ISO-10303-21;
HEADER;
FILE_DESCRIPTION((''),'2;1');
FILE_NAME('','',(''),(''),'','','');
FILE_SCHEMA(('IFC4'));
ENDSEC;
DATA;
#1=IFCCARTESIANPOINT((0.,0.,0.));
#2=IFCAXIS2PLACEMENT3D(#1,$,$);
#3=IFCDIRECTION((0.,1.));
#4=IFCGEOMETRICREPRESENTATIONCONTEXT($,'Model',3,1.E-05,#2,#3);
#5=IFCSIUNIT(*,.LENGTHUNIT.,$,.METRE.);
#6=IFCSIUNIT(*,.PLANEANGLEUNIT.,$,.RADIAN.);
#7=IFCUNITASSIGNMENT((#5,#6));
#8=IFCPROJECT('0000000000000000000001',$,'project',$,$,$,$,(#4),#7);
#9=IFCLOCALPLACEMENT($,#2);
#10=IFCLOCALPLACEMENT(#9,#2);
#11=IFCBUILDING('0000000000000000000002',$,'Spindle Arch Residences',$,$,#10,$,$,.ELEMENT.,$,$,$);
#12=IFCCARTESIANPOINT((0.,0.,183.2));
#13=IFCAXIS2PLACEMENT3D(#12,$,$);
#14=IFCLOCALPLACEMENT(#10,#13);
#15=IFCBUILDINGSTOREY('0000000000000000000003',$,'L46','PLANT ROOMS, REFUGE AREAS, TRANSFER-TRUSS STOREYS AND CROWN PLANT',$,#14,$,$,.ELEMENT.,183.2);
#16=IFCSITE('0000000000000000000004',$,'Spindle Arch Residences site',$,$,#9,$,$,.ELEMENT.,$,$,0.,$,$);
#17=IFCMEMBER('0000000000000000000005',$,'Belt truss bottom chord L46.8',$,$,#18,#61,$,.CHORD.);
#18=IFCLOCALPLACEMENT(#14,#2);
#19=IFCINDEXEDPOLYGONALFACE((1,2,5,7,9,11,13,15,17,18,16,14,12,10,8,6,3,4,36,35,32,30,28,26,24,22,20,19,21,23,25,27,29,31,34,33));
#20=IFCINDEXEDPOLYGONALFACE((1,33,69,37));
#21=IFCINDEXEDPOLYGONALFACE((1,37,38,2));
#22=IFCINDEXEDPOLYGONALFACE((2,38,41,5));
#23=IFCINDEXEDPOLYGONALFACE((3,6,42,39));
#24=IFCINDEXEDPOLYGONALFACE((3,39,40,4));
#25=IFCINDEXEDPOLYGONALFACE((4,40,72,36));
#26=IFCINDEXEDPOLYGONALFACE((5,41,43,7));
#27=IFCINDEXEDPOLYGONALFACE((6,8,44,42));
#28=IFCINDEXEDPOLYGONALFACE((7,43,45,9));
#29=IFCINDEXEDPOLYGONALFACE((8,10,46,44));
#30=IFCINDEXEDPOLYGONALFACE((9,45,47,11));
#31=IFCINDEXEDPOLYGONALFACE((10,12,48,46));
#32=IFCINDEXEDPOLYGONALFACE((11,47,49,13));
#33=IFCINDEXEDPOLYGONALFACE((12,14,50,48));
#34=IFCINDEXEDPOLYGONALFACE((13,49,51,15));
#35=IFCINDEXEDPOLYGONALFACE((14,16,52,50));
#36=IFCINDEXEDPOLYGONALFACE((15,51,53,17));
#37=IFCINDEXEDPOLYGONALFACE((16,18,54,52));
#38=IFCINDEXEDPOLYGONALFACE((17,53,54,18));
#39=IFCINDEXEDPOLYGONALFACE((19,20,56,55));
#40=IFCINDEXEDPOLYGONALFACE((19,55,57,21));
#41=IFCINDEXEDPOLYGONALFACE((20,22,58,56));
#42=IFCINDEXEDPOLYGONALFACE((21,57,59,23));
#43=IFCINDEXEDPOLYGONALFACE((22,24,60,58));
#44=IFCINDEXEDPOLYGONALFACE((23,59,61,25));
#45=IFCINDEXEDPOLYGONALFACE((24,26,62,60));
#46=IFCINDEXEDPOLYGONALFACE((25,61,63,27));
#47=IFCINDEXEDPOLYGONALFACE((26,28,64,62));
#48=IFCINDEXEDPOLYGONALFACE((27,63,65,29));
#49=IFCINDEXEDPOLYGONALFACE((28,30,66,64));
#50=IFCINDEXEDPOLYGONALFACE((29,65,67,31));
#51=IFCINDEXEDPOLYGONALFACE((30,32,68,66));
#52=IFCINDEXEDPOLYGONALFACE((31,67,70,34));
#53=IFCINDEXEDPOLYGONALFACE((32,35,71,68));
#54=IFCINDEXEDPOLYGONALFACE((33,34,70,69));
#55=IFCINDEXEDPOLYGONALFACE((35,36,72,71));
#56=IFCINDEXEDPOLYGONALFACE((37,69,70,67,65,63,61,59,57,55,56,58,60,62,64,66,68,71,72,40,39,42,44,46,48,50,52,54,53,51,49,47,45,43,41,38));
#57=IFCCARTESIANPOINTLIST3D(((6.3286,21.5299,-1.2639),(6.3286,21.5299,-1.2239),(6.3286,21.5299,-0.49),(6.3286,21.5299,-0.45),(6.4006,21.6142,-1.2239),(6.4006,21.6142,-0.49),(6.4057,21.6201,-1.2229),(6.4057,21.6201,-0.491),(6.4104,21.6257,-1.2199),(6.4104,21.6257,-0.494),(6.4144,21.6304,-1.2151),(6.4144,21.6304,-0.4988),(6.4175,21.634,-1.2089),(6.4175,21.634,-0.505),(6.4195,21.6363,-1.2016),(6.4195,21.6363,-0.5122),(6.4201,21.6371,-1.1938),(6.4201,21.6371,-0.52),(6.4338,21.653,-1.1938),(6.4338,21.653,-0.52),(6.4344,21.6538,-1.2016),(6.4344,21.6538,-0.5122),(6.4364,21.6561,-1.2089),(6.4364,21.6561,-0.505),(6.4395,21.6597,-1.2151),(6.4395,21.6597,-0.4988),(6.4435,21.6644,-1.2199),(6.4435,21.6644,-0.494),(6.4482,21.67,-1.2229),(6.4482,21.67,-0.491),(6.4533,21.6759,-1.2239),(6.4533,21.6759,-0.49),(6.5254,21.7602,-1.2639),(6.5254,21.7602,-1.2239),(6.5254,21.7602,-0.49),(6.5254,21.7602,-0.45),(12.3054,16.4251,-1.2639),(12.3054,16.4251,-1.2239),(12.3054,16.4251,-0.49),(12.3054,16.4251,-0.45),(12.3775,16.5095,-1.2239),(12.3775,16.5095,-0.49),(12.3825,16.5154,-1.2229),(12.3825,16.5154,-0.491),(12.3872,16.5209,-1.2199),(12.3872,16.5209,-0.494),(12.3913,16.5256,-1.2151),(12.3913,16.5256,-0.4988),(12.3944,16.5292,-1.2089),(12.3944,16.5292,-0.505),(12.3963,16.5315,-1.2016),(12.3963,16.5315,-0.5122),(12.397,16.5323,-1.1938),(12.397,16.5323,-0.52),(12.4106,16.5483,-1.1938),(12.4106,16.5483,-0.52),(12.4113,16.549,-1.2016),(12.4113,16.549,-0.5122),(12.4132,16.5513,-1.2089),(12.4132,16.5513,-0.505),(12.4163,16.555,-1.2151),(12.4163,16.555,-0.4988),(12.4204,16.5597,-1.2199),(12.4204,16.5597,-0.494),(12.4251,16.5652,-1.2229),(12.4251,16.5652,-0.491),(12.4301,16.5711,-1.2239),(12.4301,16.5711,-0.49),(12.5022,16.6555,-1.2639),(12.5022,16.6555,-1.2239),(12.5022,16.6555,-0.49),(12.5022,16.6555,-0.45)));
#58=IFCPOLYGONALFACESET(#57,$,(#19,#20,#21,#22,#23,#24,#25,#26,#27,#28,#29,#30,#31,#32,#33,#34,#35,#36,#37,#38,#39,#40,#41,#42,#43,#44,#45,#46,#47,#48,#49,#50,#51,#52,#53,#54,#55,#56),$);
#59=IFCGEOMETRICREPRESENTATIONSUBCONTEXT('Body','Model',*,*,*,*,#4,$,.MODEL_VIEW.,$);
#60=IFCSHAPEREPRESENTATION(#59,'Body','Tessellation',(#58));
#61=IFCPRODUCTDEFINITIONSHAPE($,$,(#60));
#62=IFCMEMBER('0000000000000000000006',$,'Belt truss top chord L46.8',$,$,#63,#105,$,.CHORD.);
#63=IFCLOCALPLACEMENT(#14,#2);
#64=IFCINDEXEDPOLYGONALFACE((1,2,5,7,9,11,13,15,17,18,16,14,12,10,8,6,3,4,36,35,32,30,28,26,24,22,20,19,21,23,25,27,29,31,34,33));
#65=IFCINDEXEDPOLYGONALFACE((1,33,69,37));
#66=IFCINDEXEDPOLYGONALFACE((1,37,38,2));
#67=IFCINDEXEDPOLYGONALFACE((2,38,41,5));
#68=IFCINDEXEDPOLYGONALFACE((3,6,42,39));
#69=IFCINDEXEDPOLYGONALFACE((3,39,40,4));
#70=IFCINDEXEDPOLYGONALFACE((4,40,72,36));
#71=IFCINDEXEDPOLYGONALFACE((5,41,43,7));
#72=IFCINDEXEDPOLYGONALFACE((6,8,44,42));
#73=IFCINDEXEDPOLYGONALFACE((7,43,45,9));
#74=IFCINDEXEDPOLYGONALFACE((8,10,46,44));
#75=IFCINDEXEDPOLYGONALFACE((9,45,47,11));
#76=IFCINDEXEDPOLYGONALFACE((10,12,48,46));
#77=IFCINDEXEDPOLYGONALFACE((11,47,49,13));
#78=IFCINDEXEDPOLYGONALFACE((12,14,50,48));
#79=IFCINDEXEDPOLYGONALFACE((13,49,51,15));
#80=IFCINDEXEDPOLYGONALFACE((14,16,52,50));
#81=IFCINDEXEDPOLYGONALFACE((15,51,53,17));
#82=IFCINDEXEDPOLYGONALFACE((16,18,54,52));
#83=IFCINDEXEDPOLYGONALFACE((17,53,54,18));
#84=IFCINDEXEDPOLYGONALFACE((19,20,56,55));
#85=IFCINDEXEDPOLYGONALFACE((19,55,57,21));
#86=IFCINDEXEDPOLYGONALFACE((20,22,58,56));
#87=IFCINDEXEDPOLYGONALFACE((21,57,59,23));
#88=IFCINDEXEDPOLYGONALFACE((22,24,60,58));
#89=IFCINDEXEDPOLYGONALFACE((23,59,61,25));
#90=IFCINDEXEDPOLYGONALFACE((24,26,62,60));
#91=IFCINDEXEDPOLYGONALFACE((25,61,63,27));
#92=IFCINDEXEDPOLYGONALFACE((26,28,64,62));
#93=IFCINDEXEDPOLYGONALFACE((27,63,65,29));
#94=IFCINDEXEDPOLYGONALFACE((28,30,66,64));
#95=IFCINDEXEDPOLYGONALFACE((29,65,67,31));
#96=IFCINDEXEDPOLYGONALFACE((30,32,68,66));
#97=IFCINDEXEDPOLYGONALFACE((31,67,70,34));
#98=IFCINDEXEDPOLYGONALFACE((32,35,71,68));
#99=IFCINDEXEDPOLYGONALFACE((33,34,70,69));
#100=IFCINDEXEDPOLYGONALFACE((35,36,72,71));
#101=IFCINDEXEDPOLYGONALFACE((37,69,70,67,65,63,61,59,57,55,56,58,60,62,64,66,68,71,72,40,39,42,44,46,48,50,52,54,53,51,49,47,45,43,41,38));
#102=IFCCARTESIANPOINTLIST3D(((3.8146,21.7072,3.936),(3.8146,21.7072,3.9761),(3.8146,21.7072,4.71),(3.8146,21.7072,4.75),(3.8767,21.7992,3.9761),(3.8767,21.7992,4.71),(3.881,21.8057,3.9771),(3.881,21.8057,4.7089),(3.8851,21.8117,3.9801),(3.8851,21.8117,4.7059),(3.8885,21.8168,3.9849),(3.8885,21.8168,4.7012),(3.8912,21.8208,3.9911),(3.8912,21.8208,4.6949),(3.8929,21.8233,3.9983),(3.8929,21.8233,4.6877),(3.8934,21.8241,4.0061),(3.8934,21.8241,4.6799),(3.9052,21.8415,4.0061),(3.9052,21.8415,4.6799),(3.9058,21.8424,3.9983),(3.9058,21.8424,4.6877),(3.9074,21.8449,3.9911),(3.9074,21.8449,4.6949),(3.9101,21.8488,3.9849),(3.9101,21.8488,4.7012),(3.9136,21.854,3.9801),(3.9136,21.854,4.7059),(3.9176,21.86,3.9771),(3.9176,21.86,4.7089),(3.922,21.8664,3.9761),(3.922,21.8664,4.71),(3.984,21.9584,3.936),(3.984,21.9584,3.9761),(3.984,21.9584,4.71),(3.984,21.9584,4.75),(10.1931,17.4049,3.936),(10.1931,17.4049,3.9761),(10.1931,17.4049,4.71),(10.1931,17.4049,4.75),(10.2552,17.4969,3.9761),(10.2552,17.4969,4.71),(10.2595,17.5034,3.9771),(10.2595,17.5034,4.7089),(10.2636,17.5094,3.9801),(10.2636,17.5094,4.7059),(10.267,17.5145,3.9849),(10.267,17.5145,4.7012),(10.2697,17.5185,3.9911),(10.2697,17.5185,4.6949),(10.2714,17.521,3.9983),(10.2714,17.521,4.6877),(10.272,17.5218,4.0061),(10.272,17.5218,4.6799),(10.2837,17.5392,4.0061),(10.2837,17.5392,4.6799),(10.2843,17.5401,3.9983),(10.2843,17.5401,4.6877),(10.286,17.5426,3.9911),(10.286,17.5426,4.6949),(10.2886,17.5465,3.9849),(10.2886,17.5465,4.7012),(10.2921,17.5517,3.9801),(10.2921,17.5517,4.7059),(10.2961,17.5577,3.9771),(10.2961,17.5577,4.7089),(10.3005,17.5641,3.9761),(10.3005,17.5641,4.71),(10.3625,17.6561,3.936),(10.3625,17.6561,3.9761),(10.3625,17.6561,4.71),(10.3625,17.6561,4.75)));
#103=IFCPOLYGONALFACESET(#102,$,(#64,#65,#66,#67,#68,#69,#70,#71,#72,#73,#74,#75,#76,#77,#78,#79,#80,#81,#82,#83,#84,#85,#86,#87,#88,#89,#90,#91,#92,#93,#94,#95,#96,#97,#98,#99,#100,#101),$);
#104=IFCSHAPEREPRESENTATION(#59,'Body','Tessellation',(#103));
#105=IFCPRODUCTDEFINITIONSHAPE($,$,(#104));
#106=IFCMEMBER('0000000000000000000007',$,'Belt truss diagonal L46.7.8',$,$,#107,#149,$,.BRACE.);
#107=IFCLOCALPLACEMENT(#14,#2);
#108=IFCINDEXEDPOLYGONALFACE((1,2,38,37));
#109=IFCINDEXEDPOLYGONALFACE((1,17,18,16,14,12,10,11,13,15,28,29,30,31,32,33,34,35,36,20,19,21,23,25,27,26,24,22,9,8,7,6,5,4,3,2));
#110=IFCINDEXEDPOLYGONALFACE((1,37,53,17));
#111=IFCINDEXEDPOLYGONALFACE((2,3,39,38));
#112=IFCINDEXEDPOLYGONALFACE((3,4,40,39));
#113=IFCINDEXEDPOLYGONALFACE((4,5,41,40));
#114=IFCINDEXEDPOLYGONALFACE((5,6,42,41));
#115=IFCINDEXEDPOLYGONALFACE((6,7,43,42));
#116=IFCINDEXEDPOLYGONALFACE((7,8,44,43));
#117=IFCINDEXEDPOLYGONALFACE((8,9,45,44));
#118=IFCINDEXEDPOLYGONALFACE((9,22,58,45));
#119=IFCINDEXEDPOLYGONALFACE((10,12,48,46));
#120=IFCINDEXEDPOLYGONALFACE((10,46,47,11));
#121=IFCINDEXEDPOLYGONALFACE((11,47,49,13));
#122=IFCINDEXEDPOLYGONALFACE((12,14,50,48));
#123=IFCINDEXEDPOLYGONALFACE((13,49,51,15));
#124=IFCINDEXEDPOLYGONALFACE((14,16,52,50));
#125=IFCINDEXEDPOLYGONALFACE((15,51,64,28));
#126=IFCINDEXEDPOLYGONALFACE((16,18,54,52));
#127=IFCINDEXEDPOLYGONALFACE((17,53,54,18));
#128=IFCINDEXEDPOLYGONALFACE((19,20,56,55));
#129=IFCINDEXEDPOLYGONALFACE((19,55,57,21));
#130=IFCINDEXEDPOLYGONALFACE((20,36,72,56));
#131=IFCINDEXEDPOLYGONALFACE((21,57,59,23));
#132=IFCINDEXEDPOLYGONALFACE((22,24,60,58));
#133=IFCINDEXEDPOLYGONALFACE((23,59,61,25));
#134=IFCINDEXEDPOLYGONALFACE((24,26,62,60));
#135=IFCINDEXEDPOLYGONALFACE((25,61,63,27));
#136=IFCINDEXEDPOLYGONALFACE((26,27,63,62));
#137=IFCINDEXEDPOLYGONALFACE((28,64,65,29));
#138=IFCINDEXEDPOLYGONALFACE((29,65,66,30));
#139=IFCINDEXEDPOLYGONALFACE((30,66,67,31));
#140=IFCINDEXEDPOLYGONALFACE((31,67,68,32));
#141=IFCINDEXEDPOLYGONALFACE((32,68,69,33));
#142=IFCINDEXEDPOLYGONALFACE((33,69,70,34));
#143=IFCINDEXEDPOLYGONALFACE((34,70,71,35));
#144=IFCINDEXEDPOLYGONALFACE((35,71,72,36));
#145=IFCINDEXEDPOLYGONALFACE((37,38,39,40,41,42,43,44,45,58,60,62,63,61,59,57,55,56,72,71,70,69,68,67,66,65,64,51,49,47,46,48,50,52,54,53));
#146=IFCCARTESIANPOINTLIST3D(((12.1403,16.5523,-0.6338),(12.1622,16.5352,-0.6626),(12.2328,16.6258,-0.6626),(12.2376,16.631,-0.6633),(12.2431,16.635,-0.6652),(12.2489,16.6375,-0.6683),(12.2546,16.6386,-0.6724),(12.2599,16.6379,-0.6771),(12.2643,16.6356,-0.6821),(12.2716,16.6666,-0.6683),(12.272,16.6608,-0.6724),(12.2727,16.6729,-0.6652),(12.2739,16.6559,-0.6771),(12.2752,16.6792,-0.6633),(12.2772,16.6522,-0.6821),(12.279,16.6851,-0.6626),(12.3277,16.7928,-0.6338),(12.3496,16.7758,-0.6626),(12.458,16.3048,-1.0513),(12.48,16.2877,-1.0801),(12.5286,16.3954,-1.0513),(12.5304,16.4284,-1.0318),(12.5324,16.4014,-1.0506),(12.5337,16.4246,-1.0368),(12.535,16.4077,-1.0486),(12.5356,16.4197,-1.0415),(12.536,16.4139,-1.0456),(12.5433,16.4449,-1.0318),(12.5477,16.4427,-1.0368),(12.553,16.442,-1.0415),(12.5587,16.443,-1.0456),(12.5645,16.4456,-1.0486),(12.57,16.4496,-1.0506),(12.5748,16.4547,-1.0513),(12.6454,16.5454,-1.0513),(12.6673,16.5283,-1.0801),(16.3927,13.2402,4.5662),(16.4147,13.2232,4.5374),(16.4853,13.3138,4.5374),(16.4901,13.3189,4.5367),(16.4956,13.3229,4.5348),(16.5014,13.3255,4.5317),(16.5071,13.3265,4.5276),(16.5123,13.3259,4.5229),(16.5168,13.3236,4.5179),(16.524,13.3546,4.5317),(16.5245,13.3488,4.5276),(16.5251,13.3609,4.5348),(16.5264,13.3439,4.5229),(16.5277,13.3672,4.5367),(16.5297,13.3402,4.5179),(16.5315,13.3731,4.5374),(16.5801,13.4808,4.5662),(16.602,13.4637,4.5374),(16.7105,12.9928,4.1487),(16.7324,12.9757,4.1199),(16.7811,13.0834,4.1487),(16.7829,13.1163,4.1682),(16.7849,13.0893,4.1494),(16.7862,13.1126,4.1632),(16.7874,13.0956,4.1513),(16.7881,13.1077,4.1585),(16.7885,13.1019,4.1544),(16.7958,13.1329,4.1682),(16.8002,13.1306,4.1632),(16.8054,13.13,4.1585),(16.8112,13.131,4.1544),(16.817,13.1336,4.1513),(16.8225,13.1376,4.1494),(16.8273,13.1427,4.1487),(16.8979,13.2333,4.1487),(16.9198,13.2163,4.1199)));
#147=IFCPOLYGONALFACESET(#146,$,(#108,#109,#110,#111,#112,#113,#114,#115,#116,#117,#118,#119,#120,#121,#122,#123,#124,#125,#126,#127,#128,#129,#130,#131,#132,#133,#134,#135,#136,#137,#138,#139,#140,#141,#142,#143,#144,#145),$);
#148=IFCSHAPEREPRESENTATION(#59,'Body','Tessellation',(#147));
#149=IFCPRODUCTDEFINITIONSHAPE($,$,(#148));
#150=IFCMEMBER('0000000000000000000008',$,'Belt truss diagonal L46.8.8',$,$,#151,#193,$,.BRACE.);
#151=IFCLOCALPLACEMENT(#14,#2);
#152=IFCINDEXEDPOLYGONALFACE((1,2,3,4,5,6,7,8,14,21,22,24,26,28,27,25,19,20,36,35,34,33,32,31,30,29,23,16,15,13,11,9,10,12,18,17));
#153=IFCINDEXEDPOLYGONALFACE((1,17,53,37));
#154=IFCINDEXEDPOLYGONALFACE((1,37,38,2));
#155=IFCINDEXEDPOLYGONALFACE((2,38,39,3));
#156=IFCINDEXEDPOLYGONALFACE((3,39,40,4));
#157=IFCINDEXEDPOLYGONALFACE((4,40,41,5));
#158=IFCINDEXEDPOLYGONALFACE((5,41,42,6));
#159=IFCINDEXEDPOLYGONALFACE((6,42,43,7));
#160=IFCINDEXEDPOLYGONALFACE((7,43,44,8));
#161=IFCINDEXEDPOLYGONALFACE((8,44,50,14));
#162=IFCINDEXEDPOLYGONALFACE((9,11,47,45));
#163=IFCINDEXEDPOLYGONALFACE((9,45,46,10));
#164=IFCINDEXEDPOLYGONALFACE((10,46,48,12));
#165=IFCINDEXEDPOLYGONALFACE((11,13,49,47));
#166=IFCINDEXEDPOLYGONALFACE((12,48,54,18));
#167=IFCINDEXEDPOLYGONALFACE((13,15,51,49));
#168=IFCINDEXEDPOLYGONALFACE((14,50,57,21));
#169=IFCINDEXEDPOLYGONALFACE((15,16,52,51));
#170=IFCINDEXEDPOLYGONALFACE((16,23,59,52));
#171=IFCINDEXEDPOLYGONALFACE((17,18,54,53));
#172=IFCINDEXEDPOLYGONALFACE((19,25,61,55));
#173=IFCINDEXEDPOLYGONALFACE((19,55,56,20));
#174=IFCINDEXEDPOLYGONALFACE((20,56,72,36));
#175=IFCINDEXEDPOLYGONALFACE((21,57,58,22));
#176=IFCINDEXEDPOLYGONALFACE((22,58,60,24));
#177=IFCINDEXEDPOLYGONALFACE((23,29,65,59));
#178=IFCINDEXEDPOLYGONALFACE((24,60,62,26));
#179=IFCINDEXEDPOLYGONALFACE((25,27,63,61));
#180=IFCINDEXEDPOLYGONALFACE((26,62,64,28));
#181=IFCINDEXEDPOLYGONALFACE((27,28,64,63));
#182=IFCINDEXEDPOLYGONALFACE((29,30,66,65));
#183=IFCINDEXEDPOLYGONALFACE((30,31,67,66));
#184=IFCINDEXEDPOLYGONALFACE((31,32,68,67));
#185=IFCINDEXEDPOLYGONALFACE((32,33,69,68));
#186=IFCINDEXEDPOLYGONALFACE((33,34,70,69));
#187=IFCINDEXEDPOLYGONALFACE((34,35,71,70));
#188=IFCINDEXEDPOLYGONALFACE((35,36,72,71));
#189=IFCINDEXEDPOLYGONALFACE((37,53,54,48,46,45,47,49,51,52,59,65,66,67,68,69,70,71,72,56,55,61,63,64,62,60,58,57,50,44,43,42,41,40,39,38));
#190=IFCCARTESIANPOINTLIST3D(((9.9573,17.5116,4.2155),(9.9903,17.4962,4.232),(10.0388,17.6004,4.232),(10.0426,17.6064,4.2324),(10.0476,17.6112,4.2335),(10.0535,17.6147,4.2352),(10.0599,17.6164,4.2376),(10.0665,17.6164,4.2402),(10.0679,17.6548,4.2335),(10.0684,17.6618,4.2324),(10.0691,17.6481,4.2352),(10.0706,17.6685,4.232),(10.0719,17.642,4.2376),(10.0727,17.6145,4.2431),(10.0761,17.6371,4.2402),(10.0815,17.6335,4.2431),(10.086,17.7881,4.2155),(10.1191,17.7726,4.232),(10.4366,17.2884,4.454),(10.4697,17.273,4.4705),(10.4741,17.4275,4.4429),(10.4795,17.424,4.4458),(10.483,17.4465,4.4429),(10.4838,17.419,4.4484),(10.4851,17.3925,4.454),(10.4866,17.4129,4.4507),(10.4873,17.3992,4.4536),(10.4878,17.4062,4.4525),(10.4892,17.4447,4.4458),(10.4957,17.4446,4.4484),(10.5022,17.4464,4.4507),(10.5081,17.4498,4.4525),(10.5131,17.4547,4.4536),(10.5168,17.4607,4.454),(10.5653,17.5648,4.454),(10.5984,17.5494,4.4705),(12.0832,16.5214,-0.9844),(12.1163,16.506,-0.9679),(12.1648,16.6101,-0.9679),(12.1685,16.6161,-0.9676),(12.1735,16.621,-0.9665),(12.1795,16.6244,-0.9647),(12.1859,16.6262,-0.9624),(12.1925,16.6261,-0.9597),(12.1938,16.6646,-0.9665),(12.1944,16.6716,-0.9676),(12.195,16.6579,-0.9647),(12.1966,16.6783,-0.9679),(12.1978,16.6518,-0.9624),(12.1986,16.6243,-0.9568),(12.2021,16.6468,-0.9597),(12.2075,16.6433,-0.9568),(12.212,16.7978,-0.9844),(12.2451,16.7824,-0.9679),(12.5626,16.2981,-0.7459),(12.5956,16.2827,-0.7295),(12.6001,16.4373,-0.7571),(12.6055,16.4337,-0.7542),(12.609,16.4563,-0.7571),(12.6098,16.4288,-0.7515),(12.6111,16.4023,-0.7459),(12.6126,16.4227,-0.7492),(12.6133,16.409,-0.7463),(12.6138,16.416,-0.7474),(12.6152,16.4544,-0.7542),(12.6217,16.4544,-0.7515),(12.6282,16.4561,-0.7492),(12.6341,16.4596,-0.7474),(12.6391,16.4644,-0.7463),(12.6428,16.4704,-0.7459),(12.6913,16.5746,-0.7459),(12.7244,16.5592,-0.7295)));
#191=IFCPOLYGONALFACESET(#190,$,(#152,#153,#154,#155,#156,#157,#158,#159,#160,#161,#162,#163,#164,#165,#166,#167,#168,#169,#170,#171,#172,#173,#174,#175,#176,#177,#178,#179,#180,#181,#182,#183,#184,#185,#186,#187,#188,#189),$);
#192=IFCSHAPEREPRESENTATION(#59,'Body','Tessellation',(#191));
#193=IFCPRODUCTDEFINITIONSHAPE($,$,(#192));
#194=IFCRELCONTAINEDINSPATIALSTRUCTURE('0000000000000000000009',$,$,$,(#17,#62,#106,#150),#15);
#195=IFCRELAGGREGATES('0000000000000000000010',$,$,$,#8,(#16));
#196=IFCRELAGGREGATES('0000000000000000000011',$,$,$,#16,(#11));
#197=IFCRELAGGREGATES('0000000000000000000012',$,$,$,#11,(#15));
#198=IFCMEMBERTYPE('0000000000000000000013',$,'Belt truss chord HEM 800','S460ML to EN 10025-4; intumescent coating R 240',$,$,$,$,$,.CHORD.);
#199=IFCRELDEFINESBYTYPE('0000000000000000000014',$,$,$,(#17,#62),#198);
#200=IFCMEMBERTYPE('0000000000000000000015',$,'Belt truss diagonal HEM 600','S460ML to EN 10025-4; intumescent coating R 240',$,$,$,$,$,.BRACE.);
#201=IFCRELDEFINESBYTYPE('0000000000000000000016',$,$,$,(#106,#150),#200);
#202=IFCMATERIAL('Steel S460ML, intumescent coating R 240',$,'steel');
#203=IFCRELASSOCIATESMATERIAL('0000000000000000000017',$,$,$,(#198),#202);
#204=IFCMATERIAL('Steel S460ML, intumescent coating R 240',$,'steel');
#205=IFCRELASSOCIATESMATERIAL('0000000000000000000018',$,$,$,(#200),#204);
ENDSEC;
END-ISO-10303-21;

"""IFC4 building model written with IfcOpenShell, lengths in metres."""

from ifc_helpers import new_model, si_unit, direction, frame, origin, origin_2d, place, context, subcontext, project, spatial, i_section, extrude, material, material_profile, profile_set, type_object, element, save


model = new_model("IFC4")

# Units and contexts
model_context = context("Model", 3, precision=1e-05, world=origin(), true_north=direction((0.0, 1.0)))
body_context = subcontext(model_context, "Body", "Model", "MODEL_VIEW")
ifc_project = project(units=[si_unit("LENGTHUNIT", "METRE"), si_unit("PLANEANGLEUNIT", "RADIAN")], contexts=[model_context])

# Site, building, storey
site_placement = place(None, origin())
site = spatial("IfcSite", under=ifc_project, at=site_placement, Name="Spindle Arch Residences site", CompositionType="ELEMENT", RefElevation=0.0)
building_placement = place(site_placement, origin())
building = spatial("IfcBuilding", under=site, at=building_placement, Name="Spindle Arch Residences", CompositionType="ELEMENT")
storey_placement = place(building_placement, frame((0.0, 0.0, 183.2)))
storey = spatial("IfcBuildingStorey", under=building, at=storey_placement, Name="L46", Description="PLANT ROOMS, REFUGE AREAS, TRANSFER-TRUSS STOREYS AND CROWN PLANT", CompositionType="ELEMENT", Elevation=183.2)

# Members
ifc_material_1 = material(Name="Steel S460ML, intumescent coating R 240", Category="steel")
ifc_material_profile_1 = material_profile(ifc_material_1, i_section(OverallWidth=0.303, OverallDepth=0.814, WebThickness=0.021, FlangeThickness=0.04, FilletRadius=0.03, at=origin_2d()), Name="HEM 800")
ifc_profile_set_1 = profile_set([ifc_material_profile_1], Name="Steel S460ML, intumescent coating R 240")
member_type_1 = type_object("IfcMemberType", Name="Belt truss chord HEM 800", Description="S460ML to EN 10025-4; intumescent coating R 240", PredefinedType="CHORD", material=ifc_profile_set_1)
member_1_placement = place(storey_placement, frame((12.4038, 16.5403, -0.8569), z_axis=(-0.760402, 0.649453, 0.0), x_axis=(-0.649453, -0.760402, 0.0)))
element("IfcMember", 1, at=member_1_placement, inside=storey, type_object=member_type_1, Name="Belt truss bottom chord L46.8", PredefinedType="CHORD", context=body_context, shape_type="SweptSolid", body=[
    extrude(i_section(OverallWidth=0.303, OverallDepth=0.814, WebThickness=0.021, FlangeThickness=0.04, FilletRadius=0.03, at=origin_2d()), origin(), (0.0, 0.0, 1.0), 7.8601),
])
member_2_placement = place(storey_placement, frame((10.2778, 17.5305, 4.343), z_axis=(-0.829041, 0.559188, 0.0), x_axis=(-0.559188, -0.829041, 0.0)))
element("IfcMember", 2, at=member_2_placement, inside=storey, type_object=member_type_1, Name="Belt truss top chord L46.8", PredefinedType="CHORD", context=body_context, shape_type="SweptSolid", body=[
    extrude(i_section(OverallWidth=0.303, OverallDepth=0.814, WebThickness=0.021, FlangeThickness=0.04, FilletRadius=0.03, at=origin_2d()), origin(), (0.0, 0.0, 1.0), 7.6938),
])
ifc_material_2 = material(Name="Steel S460ML, intumescent coating R 240", Category="steel")
ifc_material_profile_2 = material_profile(ifc_material_2, i_section(OverallWidth=0.3049, OverallDepth=0.6201, WebThickness=0.021, FlangeThickness=0.04, FilletRadius=0.0271, at=origin_2d()), Name="HEM 600")
ifc_profile_set_2 = profile_set([ifc_material_profile_2], Name="Steel S460ML, intumescent coating R 240")
member_type_2 = type_object("IfcMemberType", Name="Belt truss diagonal HEM 600", Description="S460ML to EN 10025-4; intumescent coating R 240", PredefinedType="BRACE", material=ifc_profile_set_2)
member_3_placement = place(storey_placement, frame((12.4038, 16.5403, -0.8569), z_axis=(0.567789, -0.442222, 0.694302), x_axis=(0.614467, 0.788942, 0.0)))
element("IfcMember", 3, at=member_3_placement, inside=storey, type_object=member_type_2, Name="Belt truss diagonal L46.7.8", PredefinedType="BRACE", context=body_context, shape_type="SweptSolid", body=[
    extrude(i_section(OverallWidth=0.3049, OverallDepth=0.6201, WebThickness=0.021, FlangeThickness=0.04, FilletRadius=0.0271, at=origin_2d()), origin(), (0.0, 0.0, 1.0), 7.4895),
])
member_4_placement = place(storey_placement, frame((12.4038, 16.5403, -0.8569), z_axis=(-0.372693, 0.173592, 0.911573), x_axis=(-0.422224, -0.906491, 0.0)))
element("IfcMember", 4, at=member_4_placement, inside=storey, type_object=member_type_2, Name="Belt truss diagonal L46.8.8", PredefinedType="BRACE", context=body_context, shape_type="SweptSolid", body=[
    extrude(i_section(OverallWidth=0.3049, OverallDepth=0.6201, WebThickness=0.021, FlangeThickness=0.04, FilletRadius=0.0271, at=origin_2d()), origin(), (0.0, 0.0, 1.0), 5.7043),
])

save(model, "model.ifc")
